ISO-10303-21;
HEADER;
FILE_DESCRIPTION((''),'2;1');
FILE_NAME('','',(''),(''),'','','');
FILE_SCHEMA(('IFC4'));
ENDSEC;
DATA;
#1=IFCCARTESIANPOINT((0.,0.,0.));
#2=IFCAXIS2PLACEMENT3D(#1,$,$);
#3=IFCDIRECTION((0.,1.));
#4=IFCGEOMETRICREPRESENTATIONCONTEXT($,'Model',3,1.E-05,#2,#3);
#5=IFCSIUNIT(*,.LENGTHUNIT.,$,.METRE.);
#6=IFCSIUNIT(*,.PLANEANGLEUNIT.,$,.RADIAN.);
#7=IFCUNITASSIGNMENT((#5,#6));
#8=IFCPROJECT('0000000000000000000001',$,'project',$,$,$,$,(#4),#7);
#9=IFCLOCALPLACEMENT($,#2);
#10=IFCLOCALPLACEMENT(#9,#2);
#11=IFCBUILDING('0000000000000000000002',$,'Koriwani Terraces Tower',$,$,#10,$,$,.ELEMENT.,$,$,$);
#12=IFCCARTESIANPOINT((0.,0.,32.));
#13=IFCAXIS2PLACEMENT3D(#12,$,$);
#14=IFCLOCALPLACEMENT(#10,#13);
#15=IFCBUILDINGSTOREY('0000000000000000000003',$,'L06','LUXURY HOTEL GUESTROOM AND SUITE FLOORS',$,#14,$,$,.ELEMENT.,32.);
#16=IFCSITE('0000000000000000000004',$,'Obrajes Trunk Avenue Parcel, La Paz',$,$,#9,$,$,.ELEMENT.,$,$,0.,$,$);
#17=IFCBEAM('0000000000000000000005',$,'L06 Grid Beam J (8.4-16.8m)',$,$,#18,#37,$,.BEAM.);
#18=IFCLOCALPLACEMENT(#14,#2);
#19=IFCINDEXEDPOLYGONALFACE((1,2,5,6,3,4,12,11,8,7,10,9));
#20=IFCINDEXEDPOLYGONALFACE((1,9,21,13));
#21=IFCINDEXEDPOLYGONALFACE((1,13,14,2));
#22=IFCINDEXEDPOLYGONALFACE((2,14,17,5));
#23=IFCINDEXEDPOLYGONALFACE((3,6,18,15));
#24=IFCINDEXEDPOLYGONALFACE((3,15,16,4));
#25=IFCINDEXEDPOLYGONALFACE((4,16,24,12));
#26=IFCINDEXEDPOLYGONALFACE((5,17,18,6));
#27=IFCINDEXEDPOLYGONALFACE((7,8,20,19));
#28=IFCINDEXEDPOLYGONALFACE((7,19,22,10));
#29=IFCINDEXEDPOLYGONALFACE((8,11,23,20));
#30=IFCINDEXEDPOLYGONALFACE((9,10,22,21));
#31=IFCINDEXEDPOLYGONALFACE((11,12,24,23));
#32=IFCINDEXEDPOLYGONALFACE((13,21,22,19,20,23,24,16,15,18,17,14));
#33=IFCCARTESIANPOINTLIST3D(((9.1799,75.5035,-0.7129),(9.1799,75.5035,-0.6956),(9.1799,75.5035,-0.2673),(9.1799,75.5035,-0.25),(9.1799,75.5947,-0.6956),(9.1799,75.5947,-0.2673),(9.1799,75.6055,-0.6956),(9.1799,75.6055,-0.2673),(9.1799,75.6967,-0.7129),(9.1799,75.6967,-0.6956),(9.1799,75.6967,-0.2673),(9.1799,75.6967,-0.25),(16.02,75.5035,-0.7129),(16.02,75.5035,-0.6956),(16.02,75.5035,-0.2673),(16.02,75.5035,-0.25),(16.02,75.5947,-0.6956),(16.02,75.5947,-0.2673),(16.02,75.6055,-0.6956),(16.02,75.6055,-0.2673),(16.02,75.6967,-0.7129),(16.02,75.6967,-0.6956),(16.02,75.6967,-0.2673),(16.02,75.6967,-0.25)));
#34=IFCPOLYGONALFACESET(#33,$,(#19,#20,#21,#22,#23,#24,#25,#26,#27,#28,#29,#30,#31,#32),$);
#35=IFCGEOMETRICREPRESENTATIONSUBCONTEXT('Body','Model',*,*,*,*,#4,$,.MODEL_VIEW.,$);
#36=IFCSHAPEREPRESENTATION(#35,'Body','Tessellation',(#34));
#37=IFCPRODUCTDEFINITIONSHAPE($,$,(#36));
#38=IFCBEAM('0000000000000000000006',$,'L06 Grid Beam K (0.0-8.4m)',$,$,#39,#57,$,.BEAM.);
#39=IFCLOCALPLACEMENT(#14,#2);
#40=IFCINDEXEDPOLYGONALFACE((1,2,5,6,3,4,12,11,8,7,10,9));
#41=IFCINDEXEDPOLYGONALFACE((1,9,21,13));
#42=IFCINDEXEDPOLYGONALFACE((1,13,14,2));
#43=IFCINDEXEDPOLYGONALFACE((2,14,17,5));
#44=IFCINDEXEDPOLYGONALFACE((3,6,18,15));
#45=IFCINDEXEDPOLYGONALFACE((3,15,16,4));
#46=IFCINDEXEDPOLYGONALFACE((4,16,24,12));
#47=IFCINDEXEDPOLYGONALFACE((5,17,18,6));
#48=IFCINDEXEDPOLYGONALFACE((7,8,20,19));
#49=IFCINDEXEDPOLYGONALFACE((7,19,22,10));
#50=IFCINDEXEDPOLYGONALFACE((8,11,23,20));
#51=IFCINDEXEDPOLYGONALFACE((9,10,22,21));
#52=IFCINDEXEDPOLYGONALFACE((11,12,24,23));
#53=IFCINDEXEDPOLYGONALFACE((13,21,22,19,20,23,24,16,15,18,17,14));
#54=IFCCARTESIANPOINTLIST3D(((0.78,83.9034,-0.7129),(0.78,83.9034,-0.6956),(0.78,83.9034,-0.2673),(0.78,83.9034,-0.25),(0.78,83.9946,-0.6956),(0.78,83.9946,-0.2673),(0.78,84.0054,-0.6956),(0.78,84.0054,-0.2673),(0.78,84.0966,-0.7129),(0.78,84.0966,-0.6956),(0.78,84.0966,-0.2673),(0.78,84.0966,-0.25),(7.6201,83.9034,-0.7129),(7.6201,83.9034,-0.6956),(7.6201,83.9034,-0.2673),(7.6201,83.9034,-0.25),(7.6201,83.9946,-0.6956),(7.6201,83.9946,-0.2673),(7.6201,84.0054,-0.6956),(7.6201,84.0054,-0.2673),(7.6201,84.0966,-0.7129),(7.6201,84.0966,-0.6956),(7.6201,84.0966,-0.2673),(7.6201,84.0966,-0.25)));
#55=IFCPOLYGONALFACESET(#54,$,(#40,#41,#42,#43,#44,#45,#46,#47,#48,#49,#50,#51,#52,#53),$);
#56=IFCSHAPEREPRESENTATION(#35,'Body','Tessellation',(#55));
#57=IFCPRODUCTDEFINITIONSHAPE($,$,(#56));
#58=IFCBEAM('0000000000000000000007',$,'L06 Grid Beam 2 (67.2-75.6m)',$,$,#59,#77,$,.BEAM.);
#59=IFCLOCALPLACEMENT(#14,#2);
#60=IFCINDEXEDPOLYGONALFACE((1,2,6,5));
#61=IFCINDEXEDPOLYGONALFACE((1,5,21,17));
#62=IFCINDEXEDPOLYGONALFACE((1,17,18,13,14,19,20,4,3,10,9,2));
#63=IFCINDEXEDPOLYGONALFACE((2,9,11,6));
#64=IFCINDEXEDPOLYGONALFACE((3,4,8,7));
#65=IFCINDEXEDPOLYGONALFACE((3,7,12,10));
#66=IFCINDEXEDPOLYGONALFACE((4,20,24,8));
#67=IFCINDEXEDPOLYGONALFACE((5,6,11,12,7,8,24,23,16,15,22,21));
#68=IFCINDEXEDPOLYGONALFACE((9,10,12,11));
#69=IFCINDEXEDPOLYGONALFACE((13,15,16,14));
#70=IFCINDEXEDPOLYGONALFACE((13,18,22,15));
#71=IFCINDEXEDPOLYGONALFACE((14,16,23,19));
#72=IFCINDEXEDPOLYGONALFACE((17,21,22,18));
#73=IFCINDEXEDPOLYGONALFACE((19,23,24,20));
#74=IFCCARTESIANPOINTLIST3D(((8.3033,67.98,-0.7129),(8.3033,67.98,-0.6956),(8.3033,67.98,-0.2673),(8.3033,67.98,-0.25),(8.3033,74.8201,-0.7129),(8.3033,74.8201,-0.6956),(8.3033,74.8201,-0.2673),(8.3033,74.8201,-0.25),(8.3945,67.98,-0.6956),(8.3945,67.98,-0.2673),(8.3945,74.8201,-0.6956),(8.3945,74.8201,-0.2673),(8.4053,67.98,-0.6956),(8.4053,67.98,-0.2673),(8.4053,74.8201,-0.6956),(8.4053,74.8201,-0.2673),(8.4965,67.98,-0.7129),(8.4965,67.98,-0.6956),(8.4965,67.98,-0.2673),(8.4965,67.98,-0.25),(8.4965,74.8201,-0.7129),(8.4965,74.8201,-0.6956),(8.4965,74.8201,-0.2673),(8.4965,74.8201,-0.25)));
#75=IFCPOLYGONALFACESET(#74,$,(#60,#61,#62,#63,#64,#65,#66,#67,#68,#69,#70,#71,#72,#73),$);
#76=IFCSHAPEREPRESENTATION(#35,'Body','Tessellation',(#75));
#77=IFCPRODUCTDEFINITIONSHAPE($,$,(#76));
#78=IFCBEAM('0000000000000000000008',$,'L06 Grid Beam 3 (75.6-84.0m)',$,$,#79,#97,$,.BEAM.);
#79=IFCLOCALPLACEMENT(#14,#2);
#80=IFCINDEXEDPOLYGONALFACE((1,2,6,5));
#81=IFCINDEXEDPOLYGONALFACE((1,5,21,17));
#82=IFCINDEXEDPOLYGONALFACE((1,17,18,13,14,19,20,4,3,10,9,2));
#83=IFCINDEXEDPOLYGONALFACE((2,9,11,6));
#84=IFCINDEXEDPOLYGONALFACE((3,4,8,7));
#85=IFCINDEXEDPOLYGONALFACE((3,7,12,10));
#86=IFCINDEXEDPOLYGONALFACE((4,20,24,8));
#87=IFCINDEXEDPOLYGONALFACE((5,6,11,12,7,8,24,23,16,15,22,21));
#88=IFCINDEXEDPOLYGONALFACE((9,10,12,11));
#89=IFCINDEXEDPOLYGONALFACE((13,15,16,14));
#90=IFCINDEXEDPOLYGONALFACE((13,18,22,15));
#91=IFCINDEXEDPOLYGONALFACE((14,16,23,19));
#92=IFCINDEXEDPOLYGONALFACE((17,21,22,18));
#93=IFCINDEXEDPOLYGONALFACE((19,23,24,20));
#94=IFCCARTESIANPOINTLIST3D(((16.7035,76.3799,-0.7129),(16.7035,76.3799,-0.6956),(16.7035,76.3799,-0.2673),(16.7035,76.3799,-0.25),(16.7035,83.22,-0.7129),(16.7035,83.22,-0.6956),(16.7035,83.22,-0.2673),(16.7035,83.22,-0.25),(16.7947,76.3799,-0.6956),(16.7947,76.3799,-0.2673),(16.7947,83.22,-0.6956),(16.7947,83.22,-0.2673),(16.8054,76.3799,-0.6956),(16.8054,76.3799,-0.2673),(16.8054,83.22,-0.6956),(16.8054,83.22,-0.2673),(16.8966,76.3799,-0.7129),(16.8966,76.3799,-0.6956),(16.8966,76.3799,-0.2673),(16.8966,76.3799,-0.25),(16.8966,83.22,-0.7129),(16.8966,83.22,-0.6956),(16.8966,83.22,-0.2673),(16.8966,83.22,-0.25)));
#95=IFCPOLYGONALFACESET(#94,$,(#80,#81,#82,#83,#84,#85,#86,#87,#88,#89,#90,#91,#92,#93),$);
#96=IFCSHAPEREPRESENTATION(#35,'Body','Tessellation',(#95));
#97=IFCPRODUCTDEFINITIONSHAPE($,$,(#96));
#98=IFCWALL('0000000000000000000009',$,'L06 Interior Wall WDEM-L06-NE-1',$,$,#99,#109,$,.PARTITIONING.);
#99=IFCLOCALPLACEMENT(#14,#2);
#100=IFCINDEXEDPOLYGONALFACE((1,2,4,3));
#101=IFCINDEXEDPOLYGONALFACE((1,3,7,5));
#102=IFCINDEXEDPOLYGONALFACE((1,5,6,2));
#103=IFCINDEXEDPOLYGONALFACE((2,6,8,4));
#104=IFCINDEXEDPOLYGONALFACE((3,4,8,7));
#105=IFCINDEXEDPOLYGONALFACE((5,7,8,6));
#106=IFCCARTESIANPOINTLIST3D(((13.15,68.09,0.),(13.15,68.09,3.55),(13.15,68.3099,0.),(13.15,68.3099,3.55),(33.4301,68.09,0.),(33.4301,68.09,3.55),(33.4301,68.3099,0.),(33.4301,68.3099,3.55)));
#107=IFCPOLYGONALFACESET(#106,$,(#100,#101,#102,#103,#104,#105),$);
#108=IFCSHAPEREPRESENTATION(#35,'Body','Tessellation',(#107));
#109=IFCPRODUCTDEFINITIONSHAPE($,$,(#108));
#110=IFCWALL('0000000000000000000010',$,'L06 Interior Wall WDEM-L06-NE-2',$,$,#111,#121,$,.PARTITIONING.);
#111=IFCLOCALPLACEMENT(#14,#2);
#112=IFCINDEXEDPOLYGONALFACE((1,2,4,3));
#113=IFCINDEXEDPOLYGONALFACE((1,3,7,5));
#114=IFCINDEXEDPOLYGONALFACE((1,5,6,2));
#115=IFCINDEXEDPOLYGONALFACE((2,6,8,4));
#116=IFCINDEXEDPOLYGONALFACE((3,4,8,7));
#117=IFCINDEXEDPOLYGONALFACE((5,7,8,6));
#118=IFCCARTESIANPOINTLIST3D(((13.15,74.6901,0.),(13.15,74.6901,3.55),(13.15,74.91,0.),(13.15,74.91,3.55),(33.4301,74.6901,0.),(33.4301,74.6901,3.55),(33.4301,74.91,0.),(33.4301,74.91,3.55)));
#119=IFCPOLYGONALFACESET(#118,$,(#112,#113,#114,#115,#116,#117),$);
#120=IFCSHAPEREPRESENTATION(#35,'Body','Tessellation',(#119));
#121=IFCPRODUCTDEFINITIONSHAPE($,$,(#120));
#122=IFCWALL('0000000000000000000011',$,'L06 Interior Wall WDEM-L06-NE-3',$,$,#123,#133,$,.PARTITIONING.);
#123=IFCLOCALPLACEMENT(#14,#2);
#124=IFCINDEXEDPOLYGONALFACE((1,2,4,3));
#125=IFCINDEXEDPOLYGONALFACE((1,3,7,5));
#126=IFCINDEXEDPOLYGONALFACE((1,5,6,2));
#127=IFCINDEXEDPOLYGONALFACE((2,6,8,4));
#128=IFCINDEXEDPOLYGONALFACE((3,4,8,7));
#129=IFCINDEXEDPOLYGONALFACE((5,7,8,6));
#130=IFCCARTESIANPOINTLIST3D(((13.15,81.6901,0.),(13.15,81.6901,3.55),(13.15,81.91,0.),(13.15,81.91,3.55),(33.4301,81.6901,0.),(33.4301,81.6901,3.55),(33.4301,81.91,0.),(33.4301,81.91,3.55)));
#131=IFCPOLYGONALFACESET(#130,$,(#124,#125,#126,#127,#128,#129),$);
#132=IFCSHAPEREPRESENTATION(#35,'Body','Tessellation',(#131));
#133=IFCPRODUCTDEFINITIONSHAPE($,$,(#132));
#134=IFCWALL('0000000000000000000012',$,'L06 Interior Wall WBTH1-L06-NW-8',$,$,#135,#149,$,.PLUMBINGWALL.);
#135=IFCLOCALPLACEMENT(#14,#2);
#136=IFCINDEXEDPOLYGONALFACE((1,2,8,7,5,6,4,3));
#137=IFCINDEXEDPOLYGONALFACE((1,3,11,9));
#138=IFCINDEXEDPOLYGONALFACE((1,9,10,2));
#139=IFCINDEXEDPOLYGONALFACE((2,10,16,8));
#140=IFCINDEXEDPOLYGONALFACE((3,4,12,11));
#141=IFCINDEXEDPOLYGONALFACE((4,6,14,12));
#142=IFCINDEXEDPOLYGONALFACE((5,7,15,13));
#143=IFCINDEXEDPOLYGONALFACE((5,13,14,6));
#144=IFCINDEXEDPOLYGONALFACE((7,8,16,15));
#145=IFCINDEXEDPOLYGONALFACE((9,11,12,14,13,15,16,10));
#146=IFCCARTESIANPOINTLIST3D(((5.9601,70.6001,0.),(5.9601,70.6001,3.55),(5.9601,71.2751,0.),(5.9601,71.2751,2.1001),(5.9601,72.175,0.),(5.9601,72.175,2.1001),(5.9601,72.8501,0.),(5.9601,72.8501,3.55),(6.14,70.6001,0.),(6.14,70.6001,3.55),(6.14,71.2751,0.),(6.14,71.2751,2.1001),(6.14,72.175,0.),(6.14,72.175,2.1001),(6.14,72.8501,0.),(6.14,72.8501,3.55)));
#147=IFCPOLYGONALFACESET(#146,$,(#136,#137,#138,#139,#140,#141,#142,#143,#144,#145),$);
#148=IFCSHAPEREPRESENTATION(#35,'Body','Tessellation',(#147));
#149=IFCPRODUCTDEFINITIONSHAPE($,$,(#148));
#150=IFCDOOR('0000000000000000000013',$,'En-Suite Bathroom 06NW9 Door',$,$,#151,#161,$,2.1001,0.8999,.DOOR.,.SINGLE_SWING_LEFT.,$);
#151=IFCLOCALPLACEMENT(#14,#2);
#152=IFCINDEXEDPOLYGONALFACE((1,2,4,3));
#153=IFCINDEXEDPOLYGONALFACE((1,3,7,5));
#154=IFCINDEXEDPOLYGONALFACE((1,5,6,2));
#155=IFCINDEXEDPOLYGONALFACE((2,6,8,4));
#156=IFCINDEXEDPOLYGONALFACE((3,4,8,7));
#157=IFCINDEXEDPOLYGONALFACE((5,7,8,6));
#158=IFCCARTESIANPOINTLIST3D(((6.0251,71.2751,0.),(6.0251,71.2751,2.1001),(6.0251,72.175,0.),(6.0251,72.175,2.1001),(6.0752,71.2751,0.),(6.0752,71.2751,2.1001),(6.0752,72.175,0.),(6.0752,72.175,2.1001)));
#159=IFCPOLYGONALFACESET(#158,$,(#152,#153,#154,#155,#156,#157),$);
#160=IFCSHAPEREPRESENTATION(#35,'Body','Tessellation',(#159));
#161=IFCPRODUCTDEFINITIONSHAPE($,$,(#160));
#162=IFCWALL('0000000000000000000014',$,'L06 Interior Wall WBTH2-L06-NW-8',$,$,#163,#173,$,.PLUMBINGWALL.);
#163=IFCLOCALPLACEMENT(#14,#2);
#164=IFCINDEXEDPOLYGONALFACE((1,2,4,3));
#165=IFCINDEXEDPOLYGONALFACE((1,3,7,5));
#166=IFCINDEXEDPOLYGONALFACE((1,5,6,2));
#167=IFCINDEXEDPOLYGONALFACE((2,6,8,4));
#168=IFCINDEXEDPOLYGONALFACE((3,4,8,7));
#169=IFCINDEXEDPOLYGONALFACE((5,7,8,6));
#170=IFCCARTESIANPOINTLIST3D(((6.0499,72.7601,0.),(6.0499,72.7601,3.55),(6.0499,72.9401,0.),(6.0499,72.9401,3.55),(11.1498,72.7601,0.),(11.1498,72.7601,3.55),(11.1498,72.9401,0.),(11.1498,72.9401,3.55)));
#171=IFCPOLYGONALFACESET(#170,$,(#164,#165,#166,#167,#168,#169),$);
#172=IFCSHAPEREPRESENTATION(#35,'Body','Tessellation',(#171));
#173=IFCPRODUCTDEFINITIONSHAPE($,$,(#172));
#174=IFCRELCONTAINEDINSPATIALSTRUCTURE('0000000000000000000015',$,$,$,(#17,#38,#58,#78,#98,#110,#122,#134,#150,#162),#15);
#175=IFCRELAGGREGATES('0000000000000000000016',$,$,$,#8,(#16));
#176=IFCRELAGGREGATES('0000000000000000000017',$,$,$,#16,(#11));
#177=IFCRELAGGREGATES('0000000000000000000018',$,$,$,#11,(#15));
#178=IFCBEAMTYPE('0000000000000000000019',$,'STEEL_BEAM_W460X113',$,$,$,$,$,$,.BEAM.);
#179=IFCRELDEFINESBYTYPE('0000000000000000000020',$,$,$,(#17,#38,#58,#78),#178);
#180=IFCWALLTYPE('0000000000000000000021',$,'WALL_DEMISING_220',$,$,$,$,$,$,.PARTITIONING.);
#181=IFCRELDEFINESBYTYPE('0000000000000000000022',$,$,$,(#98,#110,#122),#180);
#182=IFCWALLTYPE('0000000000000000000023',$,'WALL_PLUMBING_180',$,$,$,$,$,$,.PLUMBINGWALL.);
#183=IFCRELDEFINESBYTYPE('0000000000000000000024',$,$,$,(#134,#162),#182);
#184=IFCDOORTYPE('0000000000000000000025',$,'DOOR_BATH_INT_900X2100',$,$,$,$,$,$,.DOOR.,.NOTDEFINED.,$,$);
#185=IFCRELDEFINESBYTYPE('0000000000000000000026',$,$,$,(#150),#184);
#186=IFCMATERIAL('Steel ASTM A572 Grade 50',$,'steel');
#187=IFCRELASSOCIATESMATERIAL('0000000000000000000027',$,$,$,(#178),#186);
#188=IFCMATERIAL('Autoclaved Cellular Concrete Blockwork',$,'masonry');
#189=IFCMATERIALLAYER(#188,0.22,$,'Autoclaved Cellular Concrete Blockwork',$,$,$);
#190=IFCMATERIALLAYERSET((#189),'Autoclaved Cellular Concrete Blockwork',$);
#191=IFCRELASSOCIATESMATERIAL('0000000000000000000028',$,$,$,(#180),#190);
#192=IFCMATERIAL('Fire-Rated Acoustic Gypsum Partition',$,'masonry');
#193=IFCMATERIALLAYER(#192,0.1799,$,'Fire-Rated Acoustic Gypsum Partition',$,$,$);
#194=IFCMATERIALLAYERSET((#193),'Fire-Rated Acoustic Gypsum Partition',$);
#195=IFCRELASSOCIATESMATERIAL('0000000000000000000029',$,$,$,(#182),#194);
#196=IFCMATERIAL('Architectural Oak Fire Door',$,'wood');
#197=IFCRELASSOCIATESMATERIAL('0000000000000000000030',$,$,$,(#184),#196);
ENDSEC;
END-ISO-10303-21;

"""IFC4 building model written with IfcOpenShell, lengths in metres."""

from ifc_helpers import new_model, si_unit, direction, frame, frame_2d, origin, origin_2d, place, context, subcontext, project, spatial, rectangle, i_section, extrude, material, layer, layer_set, material_profile, profile_set, type_object, element, fill, save


model = new_model("IFC4")

# Units and contexts
model_context = context("Model", 3, precision=1e-05, world=origin(), true_north=direction((0.0, 1.0)))
body_context = subcontext(model_context, "Body", "Model", "MODEL_VIEW")
ifc_project = project(units=[si_unit("LENGTHUNIT", "METRE"), si_unit("PLANEANGLEUNIT", "RADIAN")], contexts=[model_context])

# Site, building, storey
site_placement = place(None, origin())
site = spatial("IfcSite", under=ifc_project, at=site_placement, Name="Obrajes Trunk Avenue Parcel, La Paz", CompositionType="ELEMENT", RefElevation=0.0)
building_placement = place(site_placement, origin())
building = spatial("IfcBuilding", under=site, at=building_placement, Name="Koriwani Terraces Tower", CompositionType="ELEMENT")
storey_placement = place(building_placement, frame((0.0, 0.0, 32.0)))
storey = spatial("IfcBuildingStorey", under=building, at=storey_placement, Name="L06", Description="LUXURY HOTEL GUESTROOM AND SUITE FLOORS", CompositionType="ELEMENT", Elevation=32.0)

# Beams
ifc_material_1 = material(Name="Steel ASTM A572 Grade 50", Category="steel")
ifc_material_profile_1 = material_profile(ifc_material_1, i_section(OverallWidth=0.1931, OverallDepth=0.4629, WebThickness=0.0107, FlangeThickness=0.0173, at=origin_2d()), Name="Steel ASTM A572 Grade 50", Category="LoadBearing")
ifc_profile_set_1 = profile_set([ifc_material_profile_1], Name="Steel ASTM A572 Grade 50")
beam_type_1 = type_object("IfcBeamType", Name="STEEL_BEAM_W460X113", PredefinedType="BEAM", material=ifc_profile_set_1)
for number, where, z_axis, x_axis, name in (
    (1, (9.1799, 75.6001, -0.4814), (1.0, 0.0, 0.0), (0.0, 1.0, 0.0), "L06 Grid Beam J (8.4-16.8m)"),
    (2, (0.78, 84.0, -0.4814), (1.0, 0.0, 0.0), (0.0, 1.0, 0.0), "L06 Grid Beam K (0.0-8.4m)"),
    (3, (8.3999, 67.98, -0.4814), (0.0, 1.0, 0.0), (-1.0, 0.0, 0.0), "L06 Grid Beam 2 (67.2-75.6m)"),
    (4, (16.8, 76.3799, -0.4814), (0.0, 1.0, 0.0), (-1.0, 0.0, 0.0), "L06 Grid Beam 3 (75.6-84.0m)"),
):
    element("IfcBeam", number, at=place(storey_placement, frame(where, z_axis=z_axis, x_axis=x_axis)), inside=storey, type_object=beam_type_1, Name=name, PredefinedType="BEAM", context=body_context, shape_type="SweptSolid", body=[
        extrude(i_section(OverallWidth=0.1931, OverallDepth=0.4629, WebThickness=0.0107, FlangeThickness=0.0173, at=origin_2d()), origin(), (0.0, 0.0, 1.0), 6.8401),
    ])

# Walls
ifc_material_2 = material(Name="Autoclaved Cellular Concrete Blockwork", Category="masonry")
ifc_layer_1 = layer(ifc_material_2, 0.22, Name="Autoclaved Cellular Concrete Blockwork")
ifc_layer_set_1 = layer_set([ifc_layer_1], Name="Autoclaved Cellular Concrete Blockwork")
wall_type_1 = type_object("IfcWallType", Name="WALL_DEMISING_220", PredefinedType="PARTITIONING", material=ifc_layer_set_1)
for number, where, z_axis, x_axis, name in (
    (5, (13.1499, 68.2, 0.0), (0.0, 0.0, 1.0), (1.0, 0.0, 0.0), "L06 Interior Wall WDEM-L06-NE-1"),
    (6, (13.1499, 74.8, 0.0), (0.0, 0.0, 1.0), (1.0, 0.0, 0.0), "L06 Interior Wall WDEM-L06-NE-2"),
    (7, (13.1499, 81.8, 0.0), (0.0, 0.0, 1.0), (1.0, 0.0, 0.0), "L06 Interior Wall WDEM-L06-NE-3"),
):
    element("IfcWall", number, at=place(storey_placement, frame(where, z_axis=z_axis, x_axis=x_axis)), inside=storey, type_object=wall_type_1, Name=name, PredefinedType="PARTITIONING", context=body_context, shape_type="SweptSolid", body=[
        extrude(rectangle(XDim=20.28, YDim=0.22, at=frame_2d((10.1401, 0.0))), origin(), (0.0, 0.0, 1.0), 3.55),
    ])

# Wall, opening, door
ifc_material_3 = material(Name="Fire-Rated Acoustic Gypsum Partition", Category="masonry")
ifc_layer_2 = layer(ifc_material_3, 0.1799, Name="Fire-Rated Acoustic Gypsum Partition")
ifc_layer_set_2 = layer_set([ifc_layer_2], Name="Fire-Rated Acoustic Gypsum Partition")
wall_type_2 = type_object("IfcWallType", Name="WALL_PLUMBING_180", PredefinedType="PLUMBINGWALL", material=ifc_layer_set_2)
wall_1_placement = place(storey_placement, frame((6.05, 70.6001, 0.0), z_axis=(0.0, 0.0, 1.0), x_axis=(0.0, 1.0, 0.0)))
wall_1 = element("IfcWall", 8, at=wall_1_placement, inside=storey, type_object=wall_type_2, Name="L06 Interior Wall WBTH1-L06-NW-8", PredefinedType="PLUMBINGWALL", context=body_context, shape_type="SweptSolid", body=[
    extrude(rectangle(XDim=2.25, YDim=0.1799, at=frame_2d((1.125, 0.0))), origin(), (0.0, 0.0, 1.0), 3.55),
])
opening_1_placement = place(wall_1_placement, frame((0.675, 0.0, 0.0)))
opening_1 = element("IfcOpeningElement", 9, at=opening_1_placement, cuts=wall_1, PredefinedType="OPENING", context=body_context, shape_type="SweptSolid", body=[
    extrude(rectangle(XDim=0.8999, YDim=2.1001, at=frame_2d((0.45, 1.05))), frame((0.0, 0.1001, 0.0), z_axis=(0.0, -1.0, 0.0), x_axis=(1.0, 0.0, 0.0)), (0.0, 0.0, 1.0), 0.2),
])
ifc_material_4 = material(Name="Architectural Oak Fire Door", Category="wood")
door_type = type_object("IfcDoorType", Name="DOOR_BATH_INT_900X2100", OperationType="NOTDEFINED", PredefinedType="DOOR", material=ifc_material_4)
door_1_placement = place(opening_1_placement, origin())
door_1 = element("IfcDoor", 10, at=door_1_placement, inside=storey, type_object=door_type, Name="En-Suite Bathroom 06NW9 Door", OperationType="SINGLE_SWING_LEFT", OverallHeight=2.1001, OverallWidth=0.8999, PredefinedType="DOOR", context=body_context, shape_type="SweptSolid", body=[
    extrude(rectangle(XDim=0.8999, YDim=2.1001, at=frame_2d((0.45, 1.05))), frame((0.0, 0.0249, 0.0), z_axis=(0.0, -1.0, 0.0), x_axis=(1.0, 0.0, 0.0)), (0.0, 0.0, 1.0), 0.05),
])
fill(opening_1, door_1)

# Wall
wall_2_placement = place(storey_placement, frame((6.05, 72.8501, 0.0), z_axis=(0.0, 0.0, 1.0), x_axis=(1.0, 0.0, 0.0)))
element("IfcWall", 11, at=wall_2_placement, inside=storey, type_object=wall_type_2, Name="L06 Interior Wall WBTH2-L06-NW-8", PredefinedType="PLUMBINGWALL", context=body_context, shape_type="SweptSolid", body=[
    extrude(rectangle(XDim=5.0999, YDim=0.1799, at=frame_2d((2.5498, 0.0))), origin(), (0.0, 0.0, 1.0), 3.55),
])

save(model, "model.ifc")
